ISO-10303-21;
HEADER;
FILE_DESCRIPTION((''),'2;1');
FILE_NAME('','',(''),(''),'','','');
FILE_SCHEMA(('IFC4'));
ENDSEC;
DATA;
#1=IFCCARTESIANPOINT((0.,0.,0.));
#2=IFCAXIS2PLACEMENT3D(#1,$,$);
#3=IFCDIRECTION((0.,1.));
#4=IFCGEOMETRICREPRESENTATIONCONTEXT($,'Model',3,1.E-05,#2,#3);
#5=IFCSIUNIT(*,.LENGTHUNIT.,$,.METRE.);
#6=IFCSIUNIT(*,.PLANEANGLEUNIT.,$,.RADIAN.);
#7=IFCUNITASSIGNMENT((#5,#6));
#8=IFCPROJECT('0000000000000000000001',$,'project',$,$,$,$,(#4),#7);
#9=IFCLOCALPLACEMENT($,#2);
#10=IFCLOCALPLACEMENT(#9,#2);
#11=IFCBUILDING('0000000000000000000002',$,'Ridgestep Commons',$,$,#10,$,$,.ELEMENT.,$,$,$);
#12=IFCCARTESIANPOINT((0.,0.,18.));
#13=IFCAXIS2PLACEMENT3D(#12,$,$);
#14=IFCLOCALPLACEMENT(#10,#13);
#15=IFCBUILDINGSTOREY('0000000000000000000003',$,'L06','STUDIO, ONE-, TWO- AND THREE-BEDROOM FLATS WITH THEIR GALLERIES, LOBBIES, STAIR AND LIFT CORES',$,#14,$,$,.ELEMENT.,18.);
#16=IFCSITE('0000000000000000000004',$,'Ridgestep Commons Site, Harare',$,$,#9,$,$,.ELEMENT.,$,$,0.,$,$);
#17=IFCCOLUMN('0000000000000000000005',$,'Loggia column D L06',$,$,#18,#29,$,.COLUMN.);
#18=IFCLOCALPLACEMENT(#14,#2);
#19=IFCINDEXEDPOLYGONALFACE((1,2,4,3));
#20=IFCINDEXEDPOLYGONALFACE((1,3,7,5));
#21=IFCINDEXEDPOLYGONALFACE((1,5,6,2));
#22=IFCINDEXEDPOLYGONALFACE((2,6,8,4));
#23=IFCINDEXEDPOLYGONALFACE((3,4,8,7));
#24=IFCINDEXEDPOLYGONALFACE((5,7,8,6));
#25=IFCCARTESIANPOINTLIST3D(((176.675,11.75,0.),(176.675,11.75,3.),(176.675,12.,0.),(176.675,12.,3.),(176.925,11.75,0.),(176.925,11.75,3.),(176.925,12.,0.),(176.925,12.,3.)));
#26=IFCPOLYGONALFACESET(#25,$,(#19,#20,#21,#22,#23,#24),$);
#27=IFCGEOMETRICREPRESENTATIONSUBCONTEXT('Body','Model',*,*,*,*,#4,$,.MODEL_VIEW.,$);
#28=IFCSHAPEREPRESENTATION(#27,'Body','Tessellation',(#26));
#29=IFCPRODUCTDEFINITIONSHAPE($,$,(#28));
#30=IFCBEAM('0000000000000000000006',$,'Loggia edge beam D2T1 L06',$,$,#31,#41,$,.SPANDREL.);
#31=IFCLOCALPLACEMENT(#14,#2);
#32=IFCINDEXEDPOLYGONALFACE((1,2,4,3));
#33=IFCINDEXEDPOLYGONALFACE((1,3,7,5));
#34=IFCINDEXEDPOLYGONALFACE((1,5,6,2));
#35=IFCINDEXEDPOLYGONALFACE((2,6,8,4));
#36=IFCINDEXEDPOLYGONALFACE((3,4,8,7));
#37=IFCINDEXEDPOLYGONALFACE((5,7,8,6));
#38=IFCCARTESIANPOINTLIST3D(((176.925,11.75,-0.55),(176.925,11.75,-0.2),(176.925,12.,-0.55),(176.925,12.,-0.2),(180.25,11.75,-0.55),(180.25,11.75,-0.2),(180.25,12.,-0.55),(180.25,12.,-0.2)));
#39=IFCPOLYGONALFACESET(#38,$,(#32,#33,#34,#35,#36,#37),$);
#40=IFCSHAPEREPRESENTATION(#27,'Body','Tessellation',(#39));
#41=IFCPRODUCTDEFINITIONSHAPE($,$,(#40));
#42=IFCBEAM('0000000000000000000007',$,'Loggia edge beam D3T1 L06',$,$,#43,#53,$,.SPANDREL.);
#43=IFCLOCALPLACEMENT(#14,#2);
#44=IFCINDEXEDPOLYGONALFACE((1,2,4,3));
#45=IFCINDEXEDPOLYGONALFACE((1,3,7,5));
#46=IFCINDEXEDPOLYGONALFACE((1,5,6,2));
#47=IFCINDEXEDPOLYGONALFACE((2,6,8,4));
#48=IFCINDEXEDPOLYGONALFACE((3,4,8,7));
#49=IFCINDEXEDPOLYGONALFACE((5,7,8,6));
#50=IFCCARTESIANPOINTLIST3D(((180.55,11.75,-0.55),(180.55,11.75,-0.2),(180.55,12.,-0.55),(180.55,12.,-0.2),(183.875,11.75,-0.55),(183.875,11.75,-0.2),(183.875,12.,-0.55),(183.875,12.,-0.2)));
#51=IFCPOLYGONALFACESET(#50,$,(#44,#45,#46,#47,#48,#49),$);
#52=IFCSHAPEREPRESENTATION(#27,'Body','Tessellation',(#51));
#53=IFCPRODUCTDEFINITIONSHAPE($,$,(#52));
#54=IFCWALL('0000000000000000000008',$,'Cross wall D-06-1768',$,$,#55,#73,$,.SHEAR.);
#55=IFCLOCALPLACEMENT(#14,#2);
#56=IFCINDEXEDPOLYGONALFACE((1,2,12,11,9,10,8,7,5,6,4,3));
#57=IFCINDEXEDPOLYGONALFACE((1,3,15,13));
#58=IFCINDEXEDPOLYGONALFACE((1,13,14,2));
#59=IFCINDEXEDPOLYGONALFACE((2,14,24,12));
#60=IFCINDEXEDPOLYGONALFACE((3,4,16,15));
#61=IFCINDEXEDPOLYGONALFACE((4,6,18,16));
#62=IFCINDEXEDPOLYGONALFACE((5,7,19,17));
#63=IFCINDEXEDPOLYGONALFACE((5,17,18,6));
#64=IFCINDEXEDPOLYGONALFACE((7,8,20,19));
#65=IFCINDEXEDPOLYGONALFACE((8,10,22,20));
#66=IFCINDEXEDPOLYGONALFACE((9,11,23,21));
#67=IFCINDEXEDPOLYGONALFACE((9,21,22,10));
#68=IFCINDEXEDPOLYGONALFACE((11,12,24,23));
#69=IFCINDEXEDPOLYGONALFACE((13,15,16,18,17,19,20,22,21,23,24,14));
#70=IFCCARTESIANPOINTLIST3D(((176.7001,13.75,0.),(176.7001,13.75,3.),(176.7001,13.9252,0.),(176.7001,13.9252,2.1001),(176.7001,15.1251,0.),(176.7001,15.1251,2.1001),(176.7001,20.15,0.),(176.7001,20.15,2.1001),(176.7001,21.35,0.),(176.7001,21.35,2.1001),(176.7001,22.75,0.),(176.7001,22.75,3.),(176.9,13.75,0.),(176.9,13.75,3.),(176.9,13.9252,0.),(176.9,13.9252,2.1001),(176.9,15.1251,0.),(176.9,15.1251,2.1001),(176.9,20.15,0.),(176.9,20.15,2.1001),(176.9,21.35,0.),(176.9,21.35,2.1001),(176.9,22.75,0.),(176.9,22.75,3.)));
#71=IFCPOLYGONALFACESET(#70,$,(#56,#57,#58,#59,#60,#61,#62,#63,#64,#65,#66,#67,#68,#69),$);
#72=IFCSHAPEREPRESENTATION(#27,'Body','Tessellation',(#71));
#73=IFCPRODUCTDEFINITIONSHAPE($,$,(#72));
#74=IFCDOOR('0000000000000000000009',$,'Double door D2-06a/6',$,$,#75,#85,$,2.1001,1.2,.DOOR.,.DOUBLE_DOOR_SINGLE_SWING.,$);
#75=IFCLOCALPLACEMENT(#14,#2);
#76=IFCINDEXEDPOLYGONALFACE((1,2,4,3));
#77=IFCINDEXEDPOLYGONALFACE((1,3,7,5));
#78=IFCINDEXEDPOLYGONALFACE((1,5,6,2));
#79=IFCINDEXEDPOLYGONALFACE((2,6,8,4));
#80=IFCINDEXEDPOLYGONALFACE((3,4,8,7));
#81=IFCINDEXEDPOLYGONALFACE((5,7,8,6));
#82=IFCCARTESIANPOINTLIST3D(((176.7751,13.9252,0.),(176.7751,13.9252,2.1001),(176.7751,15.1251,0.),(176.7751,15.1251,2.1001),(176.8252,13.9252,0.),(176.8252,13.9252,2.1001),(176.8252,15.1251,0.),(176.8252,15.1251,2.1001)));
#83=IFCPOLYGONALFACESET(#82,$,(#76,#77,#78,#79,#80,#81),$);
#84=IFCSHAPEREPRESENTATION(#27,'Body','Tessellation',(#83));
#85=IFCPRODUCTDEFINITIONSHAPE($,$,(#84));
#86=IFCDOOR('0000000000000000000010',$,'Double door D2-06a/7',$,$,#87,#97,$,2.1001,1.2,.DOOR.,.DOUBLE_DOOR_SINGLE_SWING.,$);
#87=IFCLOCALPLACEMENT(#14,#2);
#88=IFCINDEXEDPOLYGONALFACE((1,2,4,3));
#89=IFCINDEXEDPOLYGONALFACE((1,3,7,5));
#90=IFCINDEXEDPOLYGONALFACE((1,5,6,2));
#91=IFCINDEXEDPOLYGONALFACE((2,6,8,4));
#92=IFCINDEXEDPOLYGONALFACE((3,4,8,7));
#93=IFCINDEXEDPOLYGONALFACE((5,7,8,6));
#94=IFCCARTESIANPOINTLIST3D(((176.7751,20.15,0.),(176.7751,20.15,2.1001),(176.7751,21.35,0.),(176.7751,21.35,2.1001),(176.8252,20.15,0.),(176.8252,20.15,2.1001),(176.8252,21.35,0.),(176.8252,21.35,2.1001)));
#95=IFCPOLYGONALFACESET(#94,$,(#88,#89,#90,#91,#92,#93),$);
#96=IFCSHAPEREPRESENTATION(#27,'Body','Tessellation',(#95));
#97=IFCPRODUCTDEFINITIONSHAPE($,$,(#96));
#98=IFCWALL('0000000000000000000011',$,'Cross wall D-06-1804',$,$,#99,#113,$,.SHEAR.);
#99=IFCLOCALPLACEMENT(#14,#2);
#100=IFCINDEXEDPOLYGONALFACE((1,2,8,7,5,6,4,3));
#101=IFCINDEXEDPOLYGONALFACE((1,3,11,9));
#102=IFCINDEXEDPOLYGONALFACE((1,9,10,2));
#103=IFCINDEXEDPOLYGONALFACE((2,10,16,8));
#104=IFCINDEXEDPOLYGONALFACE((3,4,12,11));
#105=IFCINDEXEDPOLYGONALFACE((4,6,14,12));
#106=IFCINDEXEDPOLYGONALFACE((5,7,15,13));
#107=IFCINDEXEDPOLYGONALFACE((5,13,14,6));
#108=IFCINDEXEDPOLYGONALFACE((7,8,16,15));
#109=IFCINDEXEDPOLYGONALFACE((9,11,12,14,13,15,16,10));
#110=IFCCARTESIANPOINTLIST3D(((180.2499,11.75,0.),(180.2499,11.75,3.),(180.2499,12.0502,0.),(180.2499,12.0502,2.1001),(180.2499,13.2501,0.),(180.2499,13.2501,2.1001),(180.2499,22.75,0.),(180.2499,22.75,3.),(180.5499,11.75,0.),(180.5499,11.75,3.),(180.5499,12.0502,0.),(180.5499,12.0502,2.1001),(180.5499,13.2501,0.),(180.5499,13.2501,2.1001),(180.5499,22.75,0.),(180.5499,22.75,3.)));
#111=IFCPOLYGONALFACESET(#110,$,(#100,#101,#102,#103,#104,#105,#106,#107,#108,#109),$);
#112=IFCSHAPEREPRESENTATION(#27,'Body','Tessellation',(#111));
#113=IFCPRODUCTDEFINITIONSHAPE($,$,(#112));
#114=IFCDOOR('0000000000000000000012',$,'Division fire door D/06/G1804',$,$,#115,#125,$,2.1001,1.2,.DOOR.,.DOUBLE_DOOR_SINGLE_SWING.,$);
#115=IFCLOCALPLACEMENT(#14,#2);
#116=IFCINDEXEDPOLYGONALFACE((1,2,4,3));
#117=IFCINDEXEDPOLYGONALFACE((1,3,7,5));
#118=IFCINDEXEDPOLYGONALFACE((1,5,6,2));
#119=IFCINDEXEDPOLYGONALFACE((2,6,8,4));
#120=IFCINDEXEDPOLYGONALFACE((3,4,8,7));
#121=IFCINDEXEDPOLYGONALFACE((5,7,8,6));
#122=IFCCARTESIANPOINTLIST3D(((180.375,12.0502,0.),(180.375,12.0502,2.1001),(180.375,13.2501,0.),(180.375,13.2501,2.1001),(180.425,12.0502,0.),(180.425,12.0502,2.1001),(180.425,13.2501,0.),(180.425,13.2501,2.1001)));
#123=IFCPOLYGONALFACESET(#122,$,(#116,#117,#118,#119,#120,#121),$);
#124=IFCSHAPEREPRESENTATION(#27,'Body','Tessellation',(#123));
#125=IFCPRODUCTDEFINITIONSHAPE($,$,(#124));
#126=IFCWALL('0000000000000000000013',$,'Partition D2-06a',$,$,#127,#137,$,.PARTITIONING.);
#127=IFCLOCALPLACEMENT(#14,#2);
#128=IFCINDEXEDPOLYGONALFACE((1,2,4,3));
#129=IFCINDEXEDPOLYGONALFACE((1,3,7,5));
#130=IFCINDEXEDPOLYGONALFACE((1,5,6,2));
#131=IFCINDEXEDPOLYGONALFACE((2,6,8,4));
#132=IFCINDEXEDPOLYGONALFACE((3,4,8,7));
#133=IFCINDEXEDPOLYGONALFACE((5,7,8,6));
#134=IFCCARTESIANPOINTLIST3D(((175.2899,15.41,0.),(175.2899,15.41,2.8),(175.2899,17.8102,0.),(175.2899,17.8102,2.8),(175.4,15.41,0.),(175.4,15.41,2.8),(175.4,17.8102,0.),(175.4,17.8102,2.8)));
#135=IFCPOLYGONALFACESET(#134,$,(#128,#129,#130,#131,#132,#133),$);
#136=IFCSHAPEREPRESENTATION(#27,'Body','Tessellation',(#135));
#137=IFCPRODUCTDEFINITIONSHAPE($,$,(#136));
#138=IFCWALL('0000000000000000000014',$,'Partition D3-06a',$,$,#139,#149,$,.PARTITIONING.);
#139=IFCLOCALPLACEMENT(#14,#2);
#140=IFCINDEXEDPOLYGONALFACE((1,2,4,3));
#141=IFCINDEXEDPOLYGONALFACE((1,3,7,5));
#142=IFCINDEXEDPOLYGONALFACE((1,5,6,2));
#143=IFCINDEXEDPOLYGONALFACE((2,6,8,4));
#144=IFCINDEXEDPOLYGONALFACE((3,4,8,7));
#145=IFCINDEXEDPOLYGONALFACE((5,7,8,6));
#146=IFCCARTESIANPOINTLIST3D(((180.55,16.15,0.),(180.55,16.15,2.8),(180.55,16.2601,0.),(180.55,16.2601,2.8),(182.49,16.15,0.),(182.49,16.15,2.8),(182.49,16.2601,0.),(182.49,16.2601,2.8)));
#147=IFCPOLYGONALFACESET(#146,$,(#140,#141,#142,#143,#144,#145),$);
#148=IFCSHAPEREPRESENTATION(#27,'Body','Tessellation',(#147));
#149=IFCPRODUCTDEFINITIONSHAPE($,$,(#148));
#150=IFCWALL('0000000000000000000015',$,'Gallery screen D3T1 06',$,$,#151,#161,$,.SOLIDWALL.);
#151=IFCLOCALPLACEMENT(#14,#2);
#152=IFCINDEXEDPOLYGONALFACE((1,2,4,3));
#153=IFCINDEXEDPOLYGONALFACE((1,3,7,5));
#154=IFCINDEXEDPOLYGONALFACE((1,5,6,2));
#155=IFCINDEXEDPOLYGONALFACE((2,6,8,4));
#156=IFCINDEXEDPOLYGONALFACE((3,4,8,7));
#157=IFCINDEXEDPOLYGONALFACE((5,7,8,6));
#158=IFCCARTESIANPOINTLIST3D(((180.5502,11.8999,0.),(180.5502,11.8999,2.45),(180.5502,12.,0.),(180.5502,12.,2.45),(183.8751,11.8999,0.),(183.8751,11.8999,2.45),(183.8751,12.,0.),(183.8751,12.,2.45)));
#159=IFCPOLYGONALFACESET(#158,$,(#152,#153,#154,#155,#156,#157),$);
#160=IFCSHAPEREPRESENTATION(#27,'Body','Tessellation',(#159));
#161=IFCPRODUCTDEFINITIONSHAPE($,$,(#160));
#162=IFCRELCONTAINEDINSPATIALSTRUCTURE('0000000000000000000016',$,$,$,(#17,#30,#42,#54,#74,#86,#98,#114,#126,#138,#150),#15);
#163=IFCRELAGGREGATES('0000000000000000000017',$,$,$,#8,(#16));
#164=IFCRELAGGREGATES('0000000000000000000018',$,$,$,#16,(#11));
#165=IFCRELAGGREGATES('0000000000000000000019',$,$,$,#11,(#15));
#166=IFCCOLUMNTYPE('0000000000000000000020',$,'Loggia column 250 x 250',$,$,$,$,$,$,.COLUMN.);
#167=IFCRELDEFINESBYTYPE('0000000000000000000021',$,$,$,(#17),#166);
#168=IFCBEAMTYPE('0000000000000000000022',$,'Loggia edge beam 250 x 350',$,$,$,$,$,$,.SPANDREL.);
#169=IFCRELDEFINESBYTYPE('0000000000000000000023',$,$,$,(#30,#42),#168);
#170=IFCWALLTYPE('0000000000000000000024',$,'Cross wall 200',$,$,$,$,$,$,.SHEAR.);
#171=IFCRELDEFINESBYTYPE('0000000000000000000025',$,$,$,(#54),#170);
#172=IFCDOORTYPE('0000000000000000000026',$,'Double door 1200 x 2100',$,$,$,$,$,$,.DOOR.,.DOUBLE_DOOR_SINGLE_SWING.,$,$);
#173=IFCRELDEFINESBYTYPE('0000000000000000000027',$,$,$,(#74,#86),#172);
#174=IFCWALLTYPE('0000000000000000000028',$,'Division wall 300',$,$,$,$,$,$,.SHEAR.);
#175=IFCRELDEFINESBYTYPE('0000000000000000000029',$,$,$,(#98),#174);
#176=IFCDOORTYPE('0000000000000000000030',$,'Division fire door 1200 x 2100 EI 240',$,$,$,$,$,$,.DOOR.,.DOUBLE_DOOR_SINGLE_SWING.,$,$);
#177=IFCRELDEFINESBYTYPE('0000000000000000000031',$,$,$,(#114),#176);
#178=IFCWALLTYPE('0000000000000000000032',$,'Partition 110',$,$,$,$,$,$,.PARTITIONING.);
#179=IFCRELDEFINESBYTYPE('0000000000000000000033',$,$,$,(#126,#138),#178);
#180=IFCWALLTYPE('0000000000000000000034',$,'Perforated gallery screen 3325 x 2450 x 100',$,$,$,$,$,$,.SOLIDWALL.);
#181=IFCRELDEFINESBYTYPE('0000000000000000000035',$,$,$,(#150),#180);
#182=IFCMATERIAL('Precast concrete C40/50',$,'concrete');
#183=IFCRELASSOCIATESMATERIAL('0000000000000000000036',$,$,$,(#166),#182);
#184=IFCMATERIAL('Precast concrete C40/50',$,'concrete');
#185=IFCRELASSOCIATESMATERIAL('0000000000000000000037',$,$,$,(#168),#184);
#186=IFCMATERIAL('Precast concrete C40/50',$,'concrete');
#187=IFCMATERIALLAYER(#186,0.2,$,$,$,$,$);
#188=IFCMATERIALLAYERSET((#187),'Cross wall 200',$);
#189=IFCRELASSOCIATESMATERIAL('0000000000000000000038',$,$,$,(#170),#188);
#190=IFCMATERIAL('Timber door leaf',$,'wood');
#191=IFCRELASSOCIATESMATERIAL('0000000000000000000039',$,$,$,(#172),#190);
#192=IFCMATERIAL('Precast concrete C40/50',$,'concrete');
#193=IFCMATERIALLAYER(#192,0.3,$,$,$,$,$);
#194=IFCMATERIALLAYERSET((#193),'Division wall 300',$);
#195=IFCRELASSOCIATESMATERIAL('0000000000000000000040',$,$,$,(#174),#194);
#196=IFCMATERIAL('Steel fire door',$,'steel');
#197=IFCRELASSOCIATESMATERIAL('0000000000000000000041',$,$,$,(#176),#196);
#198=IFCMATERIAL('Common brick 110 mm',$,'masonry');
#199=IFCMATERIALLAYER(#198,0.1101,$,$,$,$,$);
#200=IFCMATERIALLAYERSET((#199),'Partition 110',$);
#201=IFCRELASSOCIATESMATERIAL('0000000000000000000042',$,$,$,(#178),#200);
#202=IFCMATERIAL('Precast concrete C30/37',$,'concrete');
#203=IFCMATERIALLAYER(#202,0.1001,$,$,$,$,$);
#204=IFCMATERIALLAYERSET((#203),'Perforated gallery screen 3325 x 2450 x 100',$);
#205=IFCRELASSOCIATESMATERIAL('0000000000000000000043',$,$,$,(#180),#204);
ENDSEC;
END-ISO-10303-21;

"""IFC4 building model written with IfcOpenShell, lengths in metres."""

from ifc_helpers import new_model, si_unit, direction, frame, frame_2d, origin, origin_2d, place, context, subcontext, project, spatial, rectangle, extrude, material, layer, layer_set, material_profile, profile_set, type_object, element, fill, save


model = new_model("IFC4")

# Units and contexts
model_context = context("Model", 3, precision=1e-05, world=origin(), true_north=direction((0.0, 1.0)))
body_context = subcontext(model_context, "Body", "Model", "MODEL_VIEW")
ifc_project = project(units=[si_unit("LENGTHUNIT", "METRE"), si_unit("PLANEANGLEUNIT", "RADIAN")], contexts=[model_context])

# Site, building, storey
site_placement = place(None, origin())
site = spatial("IfcSite", under=ifc_project, at=site_placement, Name="Ridgestep Commons Site, Harare", CompositionType="ELEMENT", RefElevation=0.0)
building_placement = place(site_placement, origin())
building = spatial("IfcBuilding", under=site, at=building_placement, Name="Ridgestep Commons", CompositionType="ELEMENT")
storey_placement = place(building_placement, frame((0.0, 0.0, 18.0)))
storey = spatial("IfcBuildingStorey", under=building, at=storey_placement, Name="L06", Description="STUDIO, ONE-, TWO- AND THREE-BEDROOM FLATS WITH THEIR GALLERIES, LOBBIES, STAIR AND LIFT CORES", CompositionType="ELEMENT", Elevation=18.0)

# Column
ifc_material_1 = material(Name="Precast concrete C40/50", Category="concrete")
ifc_material_profile_1 = material_profile(ifc_material_1, rectangle(XDim=0.25, YDim=0.25, at=origin_2d()), Name="PC 250x250")
ifc_profile_set_1 = profile_set([ifc_material_profile_1], Name="Precast concrete C40/50")
column_type = type_object("IfcColumnType", Name="Loggia column 250 x 250", PredefinedType="COLUMN", material=ifc_profile_set_1)
column_placement = place(storey_placement, frame((176.8, 11.875, 0.0), z_axis=(0.0, 0.0, 1.0), x_axis=(1.0, 0.0, 0.0)))
element("IfcColumn", 1, at=column_placement, inside=storey, type_object=column_type, Name="Loggia column D L06", PredefinedType="COLUMN", context=body_context, shape_type="SweptSolid", body=[
    extrude(rectangle(XDim=0.25, YDim=0.25, at=origin_2d()), origin(), (0.0, 0.0, 1.0), 3.0),
])

# Beams
ifc_material_2 = material(Name="Precast concrete C40/50", Category="concrete")
ifc_material_profile_2 = material_profile(ifc_material_2, rectangle(XDim=0.25, YDim=0.3501, at=origin_2d()), Name="PC 250x350")
ifc_profile_set_2 = profile_set([ifc_material_profile_2], Name="Precast concrete C40/50")
beam_type = type_object("IfcBeamType", Name="Loggia edge beam 250 x 350", PredefinedType="SPANDREL", material=ifc_profile_set_2)
for number, where, z_axis, x_axis, name in (
    (2, (176.925, 11.875, -0.375), (1.0, 0.0, 0.0), (0.0, 1.0, 0.0), "Loggia edge beam D2T1 L06"),
    (3, (180.55, 11.875, -0.375), (1.0, 0.0, 0.0), (0.0, 1.0, 0.0), "Loggia edge beam D3T1 L06"),
):
    element("IfcBeam", number, at=place(storey_placement, frame(where, z_axis=z_axis, x_axis=x_axis)), inside=storey, type_object=beam_type, Name=name, PredefinedType="SPANDREL", context=body_context, shape_type="SweptSolid", body=[
        extrude(rectangle(XDim=0.25, YDim=0.3501, at=origin_2d()), origin(), (0.0, 0.0, 1.0), 3.325),
    ])

# Wall, openings, doors
ifc_material_3 = material(Name="Precast concrete C40/50", Category="concrete")
ifc_layer_1 = layer(ifc_material_3, 0.2)
ifc_layer_set_1 = layer_set([ifc_layer_1], Name="Cross wall 200")
wall_type_1 = type_object("IfcWallType", Name="Cross wall 200", PredefinedType="SHEAR", material=ifc_layer_set_1)
wall_1_placement = place(storey_placement, frame((176.8, 13.75, 0.0), z_axis=(0.0, 0.0, 1.0), x_axis=(0.0, 1.0, 0.0)))
wall_1 = element("IfcWall", 4, at=wall_1_placement, inside=storey, type_object=wall_type_1, Name="Cross wall D-06-1768", PredefinedType="SHEAR", context=body_context, shape_type="SweptSolid", body=[
    extrude(rectangle(XDim=9.0, YDim=0.2, at=frame_2d((4.5, 0.0))), origin(), (0.0, 0.0, 1.0), 3.0),
])
opening_1_placement = place(wall_1_placement, frame((0.175, 0.0, 0.0)))
opening_1 = element("IfcOpeningElement", 5, at=opening_1_placement, cuts=wall_1, PredefinedType="OPENING", context=body_context, shape_type="SweptSolid", body=[
    extrude(rectangle(XDim=1.2, YDim=2.1001, at=frame_2d((0.6001, 1.05))), frame((0.0, 0.1099, 0.0), z_axis=(0.0, -1.0, 0.0), x_axis=(1.0, 0.0, 0.0)), (0.0, 0.0, 1.0), 0.22),
])
opening_2_placement = place(wall_1_placement, frame((6.3999, 0.0, 0.0)))
opening_2 = element("IfcOpeningElement", 6, at=opening_2_placement, cuts=wall_1, PredefinedType="OPENING", context=body_context, shape_type="SweptSolid", body=[
    extrude(rectangle(XDim=1.2, YDim=2.1001, at=frame_2d((0.6001, 1.05))), frame((0.0, 0.1099, 0.0), z_axis=(0.0, -1.0, 0.0), x_axis=(1.0, 0.0, 0.0)), (0.0, 0.0, 1.0), 0.22),
])
ifc_material_4 = material(Name="Timber door leaf", Category="wood")
door_type_1 = type_object("IfcDoorType", Name="Double door 1200 x 2100", OperationType="DOUBLE_DOOR_SINGLE_SWING", PredefinedType="DOOR", material=ifc_material_4)
door_1_placement = place(opening_1_placement, origin())
door_1 = element("IfcDoor", 7, at=door_1_placement, inside=storey, type_object=door_type_1, Name="Double door D2-06a/6", OperationType="DOUBLE_DOOR_SINGLE_SWING", OverallHeight=2.1001, OverallWidth=1.2, PredefinedType="DOOR", context=body_context, shape_type="SweptSolid", body=[
    extrude(rectangle(XDim=1.2, YDim=2.1001, at=frame_2d((0.6001, 1.05))), frame((0.0, 0.0249, 0.0), z_axis=(0.0, -1.0, 0.0), x_axis=(1.0, 0.0, 0.0)), (0.0, 0.0, 1.0), 0.05),
])
fill(opening_1, door_1)
door_2_placement = place(opening_2_placement, origin())
door_2 = element("IfcDoor", 8, at=door_2_placement, inside=storey, type_object=door_type_1, Name="Double door D2-06a/7", OperationType="DOUBLE_DOOR_SINGLE_SWING", OverallHeight=2.1001, OverallWidth=1.2, PredefinedType="DOOR", context=body_context, shape_type="SweptSolid", body=[
    extrude(rectangle(XDim=1.2, YDim=2.1001, at=frame_2d((0.6001, 1.05))), frame((0.0, 0.0249, 0.0), z_axis=(0.0, -1.0, 0.0), x_axis=(1.0, 0.0, 0.0)), (0.0, 0.0, 1.0), 0.05),
])
fill(opening_2, door_2)

# Wall, opening, door
ifc_material_5 = material(Name="Precast concrete C40/50", Category="concrete")
ifc_layer_2 = layer(ifc_material_5, 0.3)
ifc_layer_set_2 = layer_set([ifc_layer_2], Name="Division wall 300")
wall_type_2 = type_object("IfcWallType", Name="Division wall 300", PredefinedType="SHEAR", material=ifc_layer_set_2)
wall_2_placement = place(storey_placement, frame((180.3999, 11.75, 0.0), z_axis=(0.0, 0.0, 1.0), x_axis=(0.0, 1.0, 0.0)))
wall_2 = element("IfcWall", 9, at=wall_2_placement, inside=storey, type_object=wall_type_2, Name="Cross wall D-06-1804", PredefinedType="SHEAR", context=body_context, shape_type="SweptSolid", body=[
    extrude(rectangle(XDim=11.0, YDim=0.3, at=frame_2d((5.5, 0.0))), origin(), (0.0, 0.0, 1.0), 3.0),
])
opening_3_placement = place(wall_2_placement, frame((0.3, 0.0, 0.0)))
opening_3 = element("IfcOpeningElement", 10, at=opening_3_placement, cuts=wall_2, PredefinedType="OPENING", context=body_context, shape_type="SweptSolid", body=[
    extrude(rectangle(XDim=1.2, YDim=2.1001, at=frame_2d((0.6001, 1.05))), frame((0.0, 0.1599, 0.0), z_axis=(0.0, -1.0, 0.0), x_axis=(1.0, 0.0, 0.0)), (0.0, 0.0, 1.0), 0.3201),
])
ifc_material_6 = material(Name="Steel fire door", Category="steel")
door_type_2 = type_object("IfcDoorType", Name="Division fire door 1200 x 2100 EI 240", OperationType="DOUBLE_DOOR_SINGLE_SWING", PredefinedType="DOOR", material=ifc_material_6)
door_3_placement = place(opening_3_placement, origin())
door_3 = element("IfcDoor", 11, at=door_3_placement, inside=storey, type_object=door_type_2, Name="Division fire door D/06/G1804", OperationType="DOUBLE_DOOR_SINGLE_SWING", OverallHeight=2.1001, OverallWidth=1.2, PredefinedType="DOOR", context=body_context, shape_type="SweptSolid", body=[
    extrude(rectangle(XDim=1.2, YDim=2.1001, at=frame_2d((0.6001, 1.05))), frame((0.0, 0.0249, 0.0), z_axis=(0.0, -1.0, 0.0), x_axis=(1.0, 0.0, 0.0)), (0.0, 0.0, 1.0), 0.05),
])
fill(opening_3, door_3)

# Walls
ifc_material_7 = material(Name="Common brick 110 mm", Category="masonry")
ifc_layer_3 = layer(ifc_material_7, 0.1101)
ifc_layer_set_3 = layer_set([ifc_layer_3], Name="Partition 110")
wall_type_3 = type_object("IfcWallType", Name="Partition 110", PredefinedType="PARTITIONING", material=ifc_layer_set_3)
wall_3_placement = place(storey_placement, frame((175.345, 15.4099, 0.0), z_axis=(0.0, 0.0, 1.0), x_axis=(0.0, 1.0, 0.0)))
element("IfcWall", 12, at=wall_3_placement, inside=storey, type_object=wall_type_3, Name="Partition D2-06a", PredefinedType="PARTITIONING", context=body_context, shape_type="SweptSolid", body=[
    extrude(rectangle(XDim=2.4001, YDim=0.1101, at=frame_2d((1.2002, 0.0))), origin(), (0.0, 0.0, 1.0), 2.8),
])
wall_4_placement = place(storey_placement, frame((180.55, 16.2051, 0.0), z_axis=(0.0, 0.0, 1.0), x_axis=(1.0, 0.0, 0.0)))
element("IfcWall", 13, at=wall_4_placement, inside=storey, type_object=wall_type_3, Name="Partition D3-06a", PredefinedType="PARTITIONING", context=body_context, shape_type="SweptSolid", body=[
    extrude(rectangle(XDim=1.9399, YDim=0.1101, at=frame_2d((0.97, 0.0))), origin(), (0.0, 0.0, 1.0), 2.8),
])
ifc_material_8 = material(Name="Precast concrete C30/37", Category="concrete")
ifc_layer_4 = layer(ifc_material_8, 0.1001)
ifc_layer_set_4 = layer_set([ifc_layer_4], Name="Perforated gallery screen 3325 x 2450 x 100")
wall_type_4 = type_object("IfcWallType", Name="Perforated gallery screen 3325 x 2450 x 100", PredefinedType="SOLIDWALL", material=ifc_layer_set_4)
wall_5_placement = place(storey_placement, frame((180.55, 11.95, 0.0), z_axis=(0.0, 0.0, 1.0), x_axis=(1.0, 0.0, 0.0)))
element("IfcWall", 14, at=wall_5_placement, inside=storey, type_object=wall_type_4, Name="Gallery screen D3T1 06", PredefinedType="SOLIDWALL", context=body_context, shape_type="SweptSolid", body=[
    extrude(rectangle(XDim=3.325, YDim=0.1001, at=frame_2d((1.6626, 0.0))), origin(), (0.0, 0.0, 1.0), 2.45),
])

save(model, "model.ifc")
